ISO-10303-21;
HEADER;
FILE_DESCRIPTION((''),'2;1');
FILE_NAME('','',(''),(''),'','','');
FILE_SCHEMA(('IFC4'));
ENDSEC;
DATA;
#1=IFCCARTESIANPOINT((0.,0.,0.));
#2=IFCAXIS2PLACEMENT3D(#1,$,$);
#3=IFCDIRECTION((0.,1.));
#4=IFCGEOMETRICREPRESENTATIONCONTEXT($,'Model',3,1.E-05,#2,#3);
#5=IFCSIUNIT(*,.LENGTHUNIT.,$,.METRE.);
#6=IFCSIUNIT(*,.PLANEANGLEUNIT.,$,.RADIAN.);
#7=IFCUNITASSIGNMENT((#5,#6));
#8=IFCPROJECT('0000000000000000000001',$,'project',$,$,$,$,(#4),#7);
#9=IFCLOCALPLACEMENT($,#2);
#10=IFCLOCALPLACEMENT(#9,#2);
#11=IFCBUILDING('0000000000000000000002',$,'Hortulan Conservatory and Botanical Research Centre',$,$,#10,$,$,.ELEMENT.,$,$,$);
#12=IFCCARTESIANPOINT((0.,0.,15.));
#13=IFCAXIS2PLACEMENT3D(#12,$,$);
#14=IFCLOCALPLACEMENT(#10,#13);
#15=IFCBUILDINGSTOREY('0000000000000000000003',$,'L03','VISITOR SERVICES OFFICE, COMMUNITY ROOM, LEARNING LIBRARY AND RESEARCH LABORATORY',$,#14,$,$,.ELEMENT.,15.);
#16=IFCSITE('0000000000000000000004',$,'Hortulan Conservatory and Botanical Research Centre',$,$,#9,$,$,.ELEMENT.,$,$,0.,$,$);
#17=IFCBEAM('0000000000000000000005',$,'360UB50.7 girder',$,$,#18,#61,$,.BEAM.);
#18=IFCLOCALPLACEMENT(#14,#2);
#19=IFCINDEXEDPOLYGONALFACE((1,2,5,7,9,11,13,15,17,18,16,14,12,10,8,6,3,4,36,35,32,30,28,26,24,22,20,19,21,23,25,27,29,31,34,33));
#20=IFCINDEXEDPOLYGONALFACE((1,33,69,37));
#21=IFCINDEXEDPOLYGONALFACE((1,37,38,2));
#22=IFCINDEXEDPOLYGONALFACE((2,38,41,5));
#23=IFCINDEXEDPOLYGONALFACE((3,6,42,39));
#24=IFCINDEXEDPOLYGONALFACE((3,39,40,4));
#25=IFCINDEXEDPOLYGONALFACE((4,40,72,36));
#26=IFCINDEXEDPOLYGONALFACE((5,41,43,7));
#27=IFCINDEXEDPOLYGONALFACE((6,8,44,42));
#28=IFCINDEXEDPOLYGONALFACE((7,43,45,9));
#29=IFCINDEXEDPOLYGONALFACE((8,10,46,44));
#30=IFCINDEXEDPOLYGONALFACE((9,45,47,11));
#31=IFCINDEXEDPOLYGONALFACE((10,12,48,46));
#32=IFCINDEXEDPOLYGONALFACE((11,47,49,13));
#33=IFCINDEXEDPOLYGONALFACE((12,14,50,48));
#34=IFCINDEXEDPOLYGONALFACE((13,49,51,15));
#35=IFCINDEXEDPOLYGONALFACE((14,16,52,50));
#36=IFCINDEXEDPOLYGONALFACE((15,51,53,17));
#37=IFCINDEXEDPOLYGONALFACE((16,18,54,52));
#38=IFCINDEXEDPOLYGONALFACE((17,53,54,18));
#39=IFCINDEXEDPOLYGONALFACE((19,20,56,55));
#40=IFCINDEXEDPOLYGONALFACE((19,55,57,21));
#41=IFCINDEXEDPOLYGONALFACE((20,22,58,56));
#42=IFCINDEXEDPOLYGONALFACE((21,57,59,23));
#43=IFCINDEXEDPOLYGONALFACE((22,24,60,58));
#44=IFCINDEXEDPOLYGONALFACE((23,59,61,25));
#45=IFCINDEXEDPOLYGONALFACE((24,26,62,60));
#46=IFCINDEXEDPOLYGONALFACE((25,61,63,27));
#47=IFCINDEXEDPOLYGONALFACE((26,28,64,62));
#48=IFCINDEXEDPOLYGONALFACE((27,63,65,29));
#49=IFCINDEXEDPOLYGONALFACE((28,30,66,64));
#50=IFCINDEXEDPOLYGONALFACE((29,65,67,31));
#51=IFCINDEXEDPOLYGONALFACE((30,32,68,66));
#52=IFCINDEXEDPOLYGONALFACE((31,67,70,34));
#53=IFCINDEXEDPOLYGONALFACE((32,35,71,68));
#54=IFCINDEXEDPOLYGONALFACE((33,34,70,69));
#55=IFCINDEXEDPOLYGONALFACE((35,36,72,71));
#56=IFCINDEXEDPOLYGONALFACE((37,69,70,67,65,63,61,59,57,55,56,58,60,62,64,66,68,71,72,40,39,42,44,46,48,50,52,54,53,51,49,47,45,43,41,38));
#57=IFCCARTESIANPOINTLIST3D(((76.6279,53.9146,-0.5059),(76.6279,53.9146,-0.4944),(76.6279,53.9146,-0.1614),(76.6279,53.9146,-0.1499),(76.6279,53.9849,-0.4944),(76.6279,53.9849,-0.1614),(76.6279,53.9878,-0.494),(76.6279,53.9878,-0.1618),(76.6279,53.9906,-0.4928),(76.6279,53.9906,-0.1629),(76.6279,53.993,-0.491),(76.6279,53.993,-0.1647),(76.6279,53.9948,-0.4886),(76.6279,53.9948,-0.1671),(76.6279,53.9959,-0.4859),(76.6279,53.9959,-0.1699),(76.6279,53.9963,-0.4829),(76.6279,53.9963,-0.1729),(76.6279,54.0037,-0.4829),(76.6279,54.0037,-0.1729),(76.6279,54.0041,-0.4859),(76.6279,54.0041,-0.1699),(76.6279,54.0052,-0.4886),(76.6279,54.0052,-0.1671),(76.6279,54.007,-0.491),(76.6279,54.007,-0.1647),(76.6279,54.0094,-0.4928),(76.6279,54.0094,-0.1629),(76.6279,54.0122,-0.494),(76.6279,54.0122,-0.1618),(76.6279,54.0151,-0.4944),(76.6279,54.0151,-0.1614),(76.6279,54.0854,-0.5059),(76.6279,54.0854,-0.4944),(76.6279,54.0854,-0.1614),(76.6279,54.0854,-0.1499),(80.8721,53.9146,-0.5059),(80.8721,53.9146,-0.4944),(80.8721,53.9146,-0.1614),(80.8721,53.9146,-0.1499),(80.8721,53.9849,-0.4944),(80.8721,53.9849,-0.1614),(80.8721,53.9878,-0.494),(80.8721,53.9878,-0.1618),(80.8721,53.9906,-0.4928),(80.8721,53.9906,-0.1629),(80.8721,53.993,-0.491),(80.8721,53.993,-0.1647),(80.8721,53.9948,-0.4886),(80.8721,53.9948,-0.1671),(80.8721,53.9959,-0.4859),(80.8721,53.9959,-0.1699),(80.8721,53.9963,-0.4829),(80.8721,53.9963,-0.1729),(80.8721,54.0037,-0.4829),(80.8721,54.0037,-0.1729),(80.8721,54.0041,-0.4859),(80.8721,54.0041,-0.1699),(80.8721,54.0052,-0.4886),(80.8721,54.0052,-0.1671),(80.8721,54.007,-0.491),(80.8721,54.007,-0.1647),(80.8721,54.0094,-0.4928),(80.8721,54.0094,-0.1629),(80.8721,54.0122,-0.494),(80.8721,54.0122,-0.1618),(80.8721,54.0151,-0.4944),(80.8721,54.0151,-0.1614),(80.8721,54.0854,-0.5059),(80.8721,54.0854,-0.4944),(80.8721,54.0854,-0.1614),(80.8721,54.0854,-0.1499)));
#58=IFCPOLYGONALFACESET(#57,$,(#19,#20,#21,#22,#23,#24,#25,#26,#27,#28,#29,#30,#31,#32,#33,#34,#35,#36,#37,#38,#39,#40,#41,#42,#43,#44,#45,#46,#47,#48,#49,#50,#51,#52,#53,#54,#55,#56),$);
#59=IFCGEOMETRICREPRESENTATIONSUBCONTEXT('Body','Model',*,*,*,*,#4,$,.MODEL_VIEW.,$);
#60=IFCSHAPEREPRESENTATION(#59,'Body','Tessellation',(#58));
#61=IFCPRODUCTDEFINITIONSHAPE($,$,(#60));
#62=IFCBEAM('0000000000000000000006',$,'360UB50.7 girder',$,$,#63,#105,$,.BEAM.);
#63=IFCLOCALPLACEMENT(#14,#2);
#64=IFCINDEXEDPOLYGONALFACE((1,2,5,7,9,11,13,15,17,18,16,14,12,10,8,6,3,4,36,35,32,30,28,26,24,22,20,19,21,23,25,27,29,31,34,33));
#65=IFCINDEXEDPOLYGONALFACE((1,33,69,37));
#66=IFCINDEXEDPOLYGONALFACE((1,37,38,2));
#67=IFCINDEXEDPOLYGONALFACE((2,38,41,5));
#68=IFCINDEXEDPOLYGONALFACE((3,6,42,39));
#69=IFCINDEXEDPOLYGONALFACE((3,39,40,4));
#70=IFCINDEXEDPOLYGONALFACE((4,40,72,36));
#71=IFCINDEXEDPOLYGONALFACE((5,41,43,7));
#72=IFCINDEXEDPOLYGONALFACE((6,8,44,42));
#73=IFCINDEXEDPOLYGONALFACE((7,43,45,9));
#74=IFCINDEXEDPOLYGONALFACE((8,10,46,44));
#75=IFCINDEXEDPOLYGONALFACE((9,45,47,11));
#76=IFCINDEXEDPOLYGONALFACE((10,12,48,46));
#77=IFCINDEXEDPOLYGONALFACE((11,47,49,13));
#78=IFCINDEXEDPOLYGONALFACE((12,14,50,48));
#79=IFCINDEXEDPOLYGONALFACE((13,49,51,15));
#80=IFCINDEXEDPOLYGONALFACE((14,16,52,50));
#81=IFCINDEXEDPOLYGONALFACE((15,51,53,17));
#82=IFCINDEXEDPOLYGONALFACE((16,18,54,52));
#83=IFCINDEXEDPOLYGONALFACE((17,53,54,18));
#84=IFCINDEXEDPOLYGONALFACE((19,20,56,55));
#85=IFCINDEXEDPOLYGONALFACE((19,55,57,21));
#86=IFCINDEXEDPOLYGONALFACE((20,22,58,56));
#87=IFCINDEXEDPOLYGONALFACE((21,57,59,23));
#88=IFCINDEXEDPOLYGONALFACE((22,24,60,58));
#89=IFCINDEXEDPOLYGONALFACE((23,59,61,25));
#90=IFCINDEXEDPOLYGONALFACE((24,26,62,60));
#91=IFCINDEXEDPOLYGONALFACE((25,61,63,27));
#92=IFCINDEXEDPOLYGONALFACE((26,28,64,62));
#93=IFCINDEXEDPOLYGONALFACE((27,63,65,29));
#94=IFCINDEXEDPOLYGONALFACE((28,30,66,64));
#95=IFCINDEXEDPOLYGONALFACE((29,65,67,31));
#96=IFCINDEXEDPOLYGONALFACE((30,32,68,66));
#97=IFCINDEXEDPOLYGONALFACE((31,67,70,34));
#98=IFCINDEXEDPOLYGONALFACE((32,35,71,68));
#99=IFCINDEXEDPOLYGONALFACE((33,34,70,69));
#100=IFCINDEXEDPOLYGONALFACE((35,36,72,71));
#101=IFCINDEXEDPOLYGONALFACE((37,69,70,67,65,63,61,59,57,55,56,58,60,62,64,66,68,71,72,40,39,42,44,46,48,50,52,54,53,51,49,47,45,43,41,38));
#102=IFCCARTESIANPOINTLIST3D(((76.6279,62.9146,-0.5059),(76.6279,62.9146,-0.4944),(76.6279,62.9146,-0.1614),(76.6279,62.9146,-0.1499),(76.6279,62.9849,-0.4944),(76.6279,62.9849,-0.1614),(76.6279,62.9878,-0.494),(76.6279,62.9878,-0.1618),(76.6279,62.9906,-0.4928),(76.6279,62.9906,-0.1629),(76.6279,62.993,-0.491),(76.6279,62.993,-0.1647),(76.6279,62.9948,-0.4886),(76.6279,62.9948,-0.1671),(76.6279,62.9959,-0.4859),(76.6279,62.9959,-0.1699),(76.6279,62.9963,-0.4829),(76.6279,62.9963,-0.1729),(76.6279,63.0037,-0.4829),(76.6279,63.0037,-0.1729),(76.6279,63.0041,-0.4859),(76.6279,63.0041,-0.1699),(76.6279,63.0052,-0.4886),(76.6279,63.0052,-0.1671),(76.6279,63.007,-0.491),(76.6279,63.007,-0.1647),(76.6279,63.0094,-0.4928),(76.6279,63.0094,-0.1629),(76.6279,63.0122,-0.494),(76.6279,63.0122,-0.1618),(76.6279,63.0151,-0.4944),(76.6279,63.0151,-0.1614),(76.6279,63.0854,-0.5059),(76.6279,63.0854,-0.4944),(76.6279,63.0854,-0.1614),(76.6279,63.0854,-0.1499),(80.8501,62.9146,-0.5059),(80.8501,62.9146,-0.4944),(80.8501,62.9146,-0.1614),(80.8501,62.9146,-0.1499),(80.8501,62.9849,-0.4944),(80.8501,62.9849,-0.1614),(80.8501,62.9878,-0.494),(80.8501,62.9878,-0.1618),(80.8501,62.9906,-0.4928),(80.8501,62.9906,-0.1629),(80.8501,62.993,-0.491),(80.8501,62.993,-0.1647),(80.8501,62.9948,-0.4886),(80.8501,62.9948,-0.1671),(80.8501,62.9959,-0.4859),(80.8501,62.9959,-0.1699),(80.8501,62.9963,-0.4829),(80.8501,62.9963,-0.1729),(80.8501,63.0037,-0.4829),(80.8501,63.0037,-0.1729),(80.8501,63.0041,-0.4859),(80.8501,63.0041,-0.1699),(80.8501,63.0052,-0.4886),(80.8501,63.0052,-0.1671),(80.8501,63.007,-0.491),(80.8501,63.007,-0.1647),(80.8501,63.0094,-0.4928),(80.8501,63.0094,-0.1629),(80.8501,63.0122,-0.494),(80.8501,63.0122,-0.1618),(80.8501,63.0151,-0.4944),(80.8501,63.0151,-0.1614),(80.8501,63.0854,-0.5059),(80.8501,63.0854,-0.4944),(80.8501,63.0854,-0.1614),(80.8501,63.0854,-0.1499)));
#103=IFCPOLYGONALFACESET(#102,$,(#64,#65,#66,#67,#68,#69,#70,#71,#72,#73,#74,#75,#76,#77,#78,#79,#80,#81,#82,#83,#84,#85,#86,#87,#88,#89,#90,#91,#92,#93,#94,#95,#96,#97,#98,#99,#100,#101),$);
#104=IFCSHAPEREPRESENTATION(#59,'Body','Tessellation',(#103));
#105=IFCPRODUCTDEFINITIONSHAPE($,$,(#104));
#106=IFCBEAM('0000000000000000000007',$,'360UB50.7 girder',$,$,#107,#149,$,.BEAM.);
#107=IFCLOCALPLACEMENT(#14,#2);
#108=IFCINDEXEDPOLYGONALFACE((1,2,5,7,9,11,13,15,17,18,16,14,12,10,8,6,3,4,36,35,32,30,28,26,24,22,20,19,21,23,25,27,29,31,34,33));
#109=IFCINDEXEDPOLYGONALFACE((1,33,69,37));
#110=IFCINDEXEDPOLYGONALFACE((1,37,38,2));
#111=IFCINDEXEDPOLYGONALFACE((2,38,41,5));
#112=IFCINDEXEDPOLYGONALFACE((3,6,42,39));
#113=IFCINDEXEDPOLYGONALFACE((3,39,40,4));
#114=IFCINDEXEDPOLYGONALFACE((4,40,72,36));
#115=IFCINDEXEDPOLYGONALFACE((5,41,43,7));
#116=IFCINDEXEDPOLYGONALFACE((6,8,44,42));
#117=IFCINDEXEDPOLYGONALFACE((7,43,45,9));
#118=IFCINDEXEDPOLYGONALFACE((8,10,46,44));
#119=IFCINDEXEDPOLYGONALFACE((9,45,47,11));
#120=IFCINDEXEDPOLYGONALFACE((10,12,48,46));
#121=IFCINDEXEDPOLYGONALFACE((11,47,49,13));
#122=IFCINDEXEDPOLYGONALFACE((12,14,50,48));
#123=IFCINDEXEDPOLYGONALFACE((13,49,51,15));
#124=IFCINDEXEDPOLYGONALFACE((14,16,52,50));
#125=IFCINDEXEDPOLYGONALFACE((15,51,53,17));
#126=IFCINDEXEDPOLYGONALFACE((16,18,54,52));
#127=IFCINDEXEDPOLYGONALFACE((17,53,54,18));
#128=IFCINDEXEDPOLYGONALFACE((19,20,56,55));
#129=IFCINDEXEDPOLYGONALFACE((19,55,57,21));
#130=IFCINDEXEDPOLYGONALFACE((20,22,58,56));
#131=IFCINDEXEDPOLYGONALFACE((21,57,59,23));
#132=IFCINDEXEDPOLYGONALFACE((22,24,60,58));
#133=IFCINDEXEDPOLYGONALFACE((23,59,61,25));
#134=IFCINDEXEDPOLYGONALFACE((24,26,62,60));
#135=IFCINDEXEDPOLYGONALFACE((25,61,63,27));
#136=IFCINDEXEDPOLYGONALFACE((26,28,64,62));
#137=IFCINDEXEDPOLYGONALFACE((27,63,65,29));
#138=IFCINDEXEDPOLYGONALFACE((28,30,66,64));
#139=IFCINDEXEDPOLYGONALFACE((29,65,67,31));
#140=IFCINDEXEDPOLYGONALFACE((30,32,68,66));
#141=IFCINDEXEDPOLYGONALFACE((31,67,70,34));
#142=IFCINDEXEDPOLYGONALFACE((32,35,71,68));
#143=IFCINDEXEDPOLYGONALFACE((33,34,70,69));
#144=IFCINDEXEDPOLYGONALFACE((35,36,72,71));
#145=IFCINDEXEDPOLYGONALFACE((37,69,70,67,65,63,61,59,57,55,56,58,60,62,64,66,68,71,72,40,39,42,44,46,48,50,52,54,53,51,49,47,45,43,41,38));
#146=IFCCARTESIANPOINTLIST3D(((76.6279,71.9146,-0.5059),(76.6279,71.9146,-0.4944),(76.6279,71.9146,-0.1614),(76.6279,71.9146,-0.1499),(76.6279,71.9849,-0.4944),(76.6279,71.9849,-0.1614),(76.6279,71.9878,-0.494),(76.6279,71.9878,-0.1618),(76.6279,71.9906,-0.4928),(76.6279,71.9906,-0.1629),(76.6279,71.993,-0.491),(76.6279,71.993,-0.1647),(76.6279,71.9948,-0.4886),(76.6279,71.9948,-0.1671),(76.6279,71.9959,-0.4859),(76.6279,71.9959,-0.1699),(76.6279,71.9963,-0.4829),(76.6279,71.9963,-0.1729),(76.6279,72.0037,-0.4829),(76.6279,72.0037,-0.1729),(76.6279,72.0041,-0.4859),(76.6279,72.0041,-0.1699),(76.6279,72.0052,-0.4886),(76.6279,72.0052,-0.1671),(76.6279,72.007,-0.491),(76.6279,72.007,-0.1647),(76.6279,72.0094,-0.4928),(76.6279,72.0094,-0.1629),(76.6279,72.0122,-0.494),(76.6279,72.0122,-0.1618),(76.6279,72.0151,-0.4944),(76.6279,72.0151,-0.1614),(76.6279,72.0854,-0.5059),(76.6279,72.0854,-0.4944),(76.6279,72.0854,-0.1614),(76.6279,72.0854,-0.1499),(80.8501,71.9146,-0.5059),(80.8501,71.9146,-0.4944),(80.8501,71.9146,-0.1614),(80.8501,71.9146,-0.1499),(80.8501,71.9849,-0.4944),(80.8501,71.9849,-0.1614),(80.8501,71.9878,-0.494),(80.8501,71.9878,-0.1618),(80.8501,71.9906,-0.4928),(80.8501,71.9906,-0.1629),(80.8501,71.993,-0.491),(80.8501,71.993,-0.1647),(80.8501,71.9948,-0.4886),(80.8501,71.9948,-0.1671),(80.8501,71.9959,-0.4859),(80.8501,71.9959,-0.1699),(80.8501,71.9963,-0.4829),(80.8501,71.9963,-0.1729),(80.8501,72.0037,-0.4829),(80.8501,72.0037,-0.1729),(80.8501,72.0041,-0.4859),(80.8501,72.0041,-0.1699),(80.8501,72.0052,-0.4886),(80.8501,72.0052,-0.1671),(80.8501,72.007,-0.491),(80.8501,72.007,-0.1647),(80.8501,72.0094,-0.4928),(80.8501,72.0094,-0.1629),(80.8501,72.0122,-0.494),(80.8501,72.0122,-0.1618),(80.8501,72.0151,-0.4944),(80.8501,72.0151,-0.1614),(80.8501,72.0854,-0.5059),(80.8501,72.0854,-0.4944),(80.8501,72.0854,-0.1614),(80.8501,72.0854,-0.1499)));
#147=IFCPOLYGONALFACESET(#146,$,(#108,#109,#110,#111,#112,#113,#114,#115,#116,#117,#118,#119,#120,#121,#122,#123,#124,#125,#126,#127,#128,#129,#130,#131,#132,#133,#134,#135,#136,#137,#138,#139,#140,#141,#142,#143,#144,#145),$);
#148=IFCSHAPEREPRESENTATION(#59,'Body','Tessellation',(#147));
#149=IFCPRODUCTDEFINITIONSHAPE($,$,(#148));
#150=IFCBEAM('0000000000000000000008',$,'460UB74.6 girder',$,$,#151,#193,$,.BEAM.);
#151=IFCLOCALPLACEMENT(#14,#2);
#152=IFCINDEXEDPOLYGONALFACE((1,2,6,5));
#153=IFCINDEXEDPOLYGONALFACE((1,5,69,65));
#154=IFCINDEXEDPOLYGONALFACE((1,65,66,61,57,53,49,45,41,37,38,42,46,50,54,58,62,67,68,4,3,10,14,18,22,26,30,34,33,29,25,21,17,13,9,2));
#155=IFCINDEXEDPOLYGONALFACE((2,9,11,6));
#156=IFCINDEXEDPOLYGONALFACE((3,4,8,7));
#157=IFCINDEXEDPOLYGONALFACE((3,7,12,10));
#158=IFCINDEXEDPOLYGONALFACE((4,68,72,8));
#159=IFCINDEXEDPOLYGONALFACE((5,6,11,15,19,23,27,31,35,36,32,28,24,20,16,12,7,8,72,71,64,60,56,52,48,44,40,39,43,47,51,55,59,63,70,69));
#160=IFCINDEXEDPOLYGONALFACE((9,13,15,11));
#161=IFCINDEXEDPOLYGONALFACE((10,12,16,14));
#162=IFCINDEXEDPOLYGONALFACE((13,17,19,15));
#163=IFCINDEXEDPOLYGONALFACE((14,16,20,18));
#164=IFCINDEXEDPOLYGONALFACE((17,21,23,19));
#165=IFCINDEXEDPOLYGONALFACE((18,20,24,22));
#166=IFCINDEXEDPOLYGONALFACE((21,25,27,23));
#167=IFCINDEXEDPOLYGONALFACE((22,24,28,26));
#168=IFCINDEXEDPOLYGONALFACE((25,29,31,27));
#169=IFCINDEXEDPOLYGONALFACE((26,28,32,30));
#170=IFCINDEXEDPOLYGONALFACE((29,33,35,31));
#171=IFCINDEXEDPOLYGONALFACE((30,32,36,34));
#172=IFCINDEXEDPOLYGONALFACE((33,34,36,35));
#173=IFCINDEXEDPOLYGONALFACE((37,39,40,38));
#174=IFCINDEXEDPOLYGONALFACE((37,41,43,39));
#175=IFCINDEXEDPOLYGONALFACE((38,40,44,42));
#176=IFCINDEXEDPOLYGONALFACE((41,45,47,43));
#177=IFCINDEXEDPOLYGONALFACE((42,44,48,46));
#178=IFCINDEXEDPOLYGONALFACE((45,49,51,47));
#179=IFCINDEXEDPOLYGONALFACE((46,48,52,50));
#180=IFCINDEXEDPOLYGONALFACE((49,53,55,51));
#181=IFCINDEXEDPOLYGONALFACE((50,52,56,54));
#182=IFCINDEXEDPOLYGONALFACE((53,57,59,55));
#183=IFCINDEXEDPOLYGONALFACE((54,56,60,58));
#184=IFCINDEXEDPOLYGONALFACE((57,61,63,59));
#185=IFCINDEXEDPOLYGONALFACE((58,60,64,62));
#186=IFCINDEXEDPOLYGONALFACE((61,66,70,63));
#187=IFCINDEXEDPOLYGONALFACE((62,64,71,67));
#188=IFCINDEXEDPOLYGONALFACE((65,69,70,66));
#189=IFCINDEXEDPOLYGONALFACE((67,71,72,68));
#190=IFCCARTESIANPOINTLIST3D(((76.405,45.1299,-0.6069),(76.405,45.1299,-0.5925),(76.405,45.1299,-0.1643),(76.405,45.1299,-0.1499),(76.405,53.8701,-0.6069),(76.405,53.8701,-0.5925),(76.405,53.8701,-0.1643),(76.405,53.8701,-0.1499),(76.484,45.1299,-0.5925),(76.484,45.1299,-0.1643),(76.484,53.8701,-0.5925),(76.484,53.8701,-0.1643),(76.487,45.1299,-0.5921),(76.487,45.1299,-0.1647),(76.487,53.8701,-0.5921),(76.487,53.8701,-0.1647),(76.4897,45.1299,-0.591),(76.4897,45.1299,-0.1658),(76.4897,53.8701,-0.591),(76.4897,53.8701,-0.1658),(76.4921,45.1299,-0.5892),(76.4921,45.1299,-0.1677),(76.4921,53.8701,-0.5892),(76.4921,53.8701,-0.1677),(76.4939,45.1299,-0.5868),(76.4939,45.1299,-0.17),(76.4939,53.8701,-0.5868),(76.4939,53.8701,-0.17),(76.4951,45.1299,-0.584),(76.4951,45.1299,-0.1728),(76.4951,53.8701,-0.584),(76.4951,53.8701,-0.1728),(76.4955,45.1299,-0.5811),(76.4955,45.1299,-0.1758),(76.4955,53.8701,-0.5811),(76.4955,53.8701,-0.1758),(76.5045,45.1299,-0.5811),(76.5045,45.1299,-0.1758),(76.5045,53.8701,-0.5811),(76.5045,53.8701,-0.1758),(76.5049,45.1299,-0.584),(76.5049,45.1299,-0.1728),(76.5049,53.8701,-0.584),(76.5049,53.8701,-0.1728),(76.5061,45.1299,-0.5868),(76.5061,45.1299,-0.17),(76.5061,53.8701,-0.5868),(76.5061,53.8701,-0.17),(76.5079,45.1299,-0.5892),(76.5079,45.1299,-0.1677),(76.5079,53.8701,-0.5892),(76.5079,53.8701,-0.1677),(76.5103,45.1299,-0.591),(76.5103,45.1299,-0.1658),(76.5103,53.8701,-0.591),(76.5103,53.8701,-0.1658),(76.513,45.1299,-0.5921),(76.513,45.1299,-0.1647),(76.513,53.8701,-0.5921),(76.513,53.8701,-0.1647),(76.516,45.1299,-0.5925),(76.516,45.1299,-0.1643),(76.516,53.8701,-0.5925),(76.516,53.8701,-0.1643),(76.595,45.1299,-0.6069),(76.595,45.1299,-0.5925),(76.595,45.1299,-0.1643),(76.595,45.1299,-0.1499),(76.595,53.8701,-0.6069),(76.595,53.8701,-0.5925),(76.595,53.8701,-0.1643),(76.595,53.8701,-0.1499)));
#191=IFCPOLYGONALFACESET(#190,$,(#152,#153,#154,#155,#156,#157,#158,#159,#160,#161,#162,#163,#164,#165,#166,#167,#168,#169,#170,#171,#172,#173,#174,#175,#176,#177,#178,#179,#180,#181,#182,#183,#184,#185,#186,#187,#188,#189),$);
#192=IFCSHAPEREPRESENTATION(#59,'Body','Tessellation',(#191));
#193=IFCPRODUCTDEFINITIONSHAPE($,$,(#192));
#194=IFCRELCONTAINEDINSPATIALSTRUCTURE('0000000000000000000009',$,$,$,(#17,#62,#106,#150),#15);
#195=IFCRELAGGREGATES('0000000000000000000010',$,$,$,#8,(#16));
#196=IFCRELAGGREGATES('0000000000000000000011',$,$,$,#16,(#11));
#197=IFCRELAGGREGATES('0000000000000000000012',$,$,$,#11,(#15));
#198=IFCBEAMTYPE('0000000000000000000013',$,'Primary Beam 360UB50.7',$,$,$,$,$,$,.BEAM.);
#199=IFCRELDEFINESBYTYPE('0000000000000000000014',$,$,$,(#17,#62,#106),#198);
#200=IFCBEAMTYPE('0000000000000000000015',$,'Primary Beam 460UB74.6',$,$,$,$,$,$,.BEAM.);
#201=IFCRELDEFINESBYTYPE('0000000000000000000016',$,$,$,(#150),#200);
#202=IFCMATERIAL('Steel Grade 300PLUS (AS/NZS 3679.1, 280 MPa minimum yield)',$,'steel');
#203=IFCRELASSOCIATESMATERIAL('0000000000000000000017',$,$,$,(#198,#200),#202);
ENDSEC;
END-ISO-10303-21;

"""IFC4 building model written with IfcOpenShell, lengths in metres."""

from ifc_helpers import new_model, si_unit, direction, frame, origin, origin_2d, place, context, subcontext, project, spatial, i_section, extrude, material, material_profile, profile_set, type_object, element, save


model = new_model("IFC4")

# Units and contexts
model_context = context("Model", 3, precision=1e-05, world=origin(), true_north=direction((0.0, 1.0)))
body_context = subcontext(model_context, "Body", "Model", "MODEL_VIEW")
ifc_project = project(units=[si_unit("LENGTHUNIT", "METRE"), si_unit("PLANEANGLEUNIT", "RADIAN")], contexts=[model_context])

# Site, building, storey
site_placement = place(None, origin())
site = spatial("IfcSite", under=ifc_project, at=site_placement, Name="Hortulan Conservatory and Botanical Research Centre", CompositionType="ELEMENT", RefElevation=0.0)
building_placement = place(site_placement, origin())
building = spatial("IfcBuilding", under=site, at=building_placement, Name="Hortulan Conservatory and Botanical Research Centre", CompositionType="ELEMENT")
storey_placement = place(building_placement, frame((0.0, 0.0, 15.0)))
storey = spatial("IfcBuildingStorey", under=building, at=storey_placement, Name="L03", Description="VISITOR SERVICES OFFICE, COMMUNITY ROOM, LEARNING LIBRARY AND RESEARCH LABORATORY", CompositionType="ELEMENT", Elevation=15.0)

# Beams
ifc_material_1 = material(Name="Steel Grade 300PLUS (AS/NZS 3679.1, 280 MPa minimum yield)", Category="steel")
ifc_material_profile_1 = material_profile(ifc_material_1, i_section(OverallWidth=0.1709, OverallDepth=0.356, WebThickness=0.0073, FlangeThickness=0.0115, FilletRadius=0.0115, at=origin_2d()), Name="360UB50.7")
ifc_profile_set_1 = profile_set([ifc_material_profile_1], Name="Steel Grade 300PLUS (AS/NZS 3679.1, 280 MPa minimum yield)")
beam_type_1 = type_object("IfcBeamType", Name="Primary Beam 360UB50.7", PredefinedType="BEAM", material=ifc_profile_set_1)
beam_1_placement = place(storey_placement, frame((76.6279, 54.0, -0.3279), z_axis=(1.0, 0.0, 0.0), x_axis=(0.0, 1.0, 0.0)))
element("IfcBeam", 1, at=beam_1_placement, inside=storey, type_object=beam_type_1, Name="360UB50.7 girder", PredefinedType="BEAM", context=body_context, shape_type="SweptSolid", body=[
    extrude(i_section(OverallWidth=0.1709, OverallDepth=0.356, WebThickness=0.0073, FlangeThickness=0.0115, FilletRadius=0.0115, at=origin_2d()), origin(), (0.0, 0.0, 1.0), 4.2441),
])
for number, where, z_axis, x_axis, name in (
    (2, (76.6279, 63.0, -0.3279), (1.0, 0.0, 0.0), (0.0, 1.0, 0.0), "360UB50.7 girder"),
    (3, (76.6279, 72.0, -0.3279), (1.0, 0.0, 0.0), (0.0, 1.0, 0.0), "360UB50.7 girder"),
):
    element("IfcBeam", number, at=place(storey_placement, frame(where, z_axis=z_axis, x_axis=x_axis)), inside=storey, type_object=beam_type_1, Name=name, PredefinedType="BEAM", context=body_context, shape_type="SweptSolid", body=[
        extrude(i_section(OverallWidth=0.1709, OverallDepth=0.356, WebThickness=0.0073, FlangeThickness=0.0115, FilletRadius=0.0115, at=origin_2d()), origin(), (0.0, 0.0, 1.0), 4.2222),
    ])
ifc_material_profile_2 = material_profile(ifc_material_1, i_section(OverallWidth=0.1899, OverallDepth=0.457, WebThickness=0.009, FlangeThickness=0.0144, FilletRadius=0.0115, at=origin_2d()), Name="460UB74.6")
ifc_profile_set_2 = profile_set([ifc_material_profile_2], Name="Steel Grade 300PLUS (AS/NZS 3679.1, 280 MPa minimum yield)")
beam_type_2 = type_object("IfcBeamType", Name="Primary Beam 460UB74.6", PredefinedType="BEAM", material=ifc_profile_set_2)
for number, where, z_axis, x_axis, name in (
    (4, (76.5, 45.1299, -0.3784), (0.0, 1.0, 0.0), (-1.0, 0.0, 0.0), "460UB74.6 girder"),
):
    element("IfcBeam", number, at=place(storey_placement, frame(where, z_axis=z_axis, x_axis=x_axis)), inside=storey, type_object=beam_type_2, Name=name, PredefinedType="BEAM", context=body_context, shape_type="SweptSolid", body=[
        extrude(i_section(OverallWidth=0.1899, OverallDepth=0.457, WebThickness=0.009, FlangeThickness=0.0144, FilletRadius=0.0115, at=origin_2d()), origin(), (0.0, 0.0, 1.0), 8.7402),
    ])

save(model, "model.ifc")
